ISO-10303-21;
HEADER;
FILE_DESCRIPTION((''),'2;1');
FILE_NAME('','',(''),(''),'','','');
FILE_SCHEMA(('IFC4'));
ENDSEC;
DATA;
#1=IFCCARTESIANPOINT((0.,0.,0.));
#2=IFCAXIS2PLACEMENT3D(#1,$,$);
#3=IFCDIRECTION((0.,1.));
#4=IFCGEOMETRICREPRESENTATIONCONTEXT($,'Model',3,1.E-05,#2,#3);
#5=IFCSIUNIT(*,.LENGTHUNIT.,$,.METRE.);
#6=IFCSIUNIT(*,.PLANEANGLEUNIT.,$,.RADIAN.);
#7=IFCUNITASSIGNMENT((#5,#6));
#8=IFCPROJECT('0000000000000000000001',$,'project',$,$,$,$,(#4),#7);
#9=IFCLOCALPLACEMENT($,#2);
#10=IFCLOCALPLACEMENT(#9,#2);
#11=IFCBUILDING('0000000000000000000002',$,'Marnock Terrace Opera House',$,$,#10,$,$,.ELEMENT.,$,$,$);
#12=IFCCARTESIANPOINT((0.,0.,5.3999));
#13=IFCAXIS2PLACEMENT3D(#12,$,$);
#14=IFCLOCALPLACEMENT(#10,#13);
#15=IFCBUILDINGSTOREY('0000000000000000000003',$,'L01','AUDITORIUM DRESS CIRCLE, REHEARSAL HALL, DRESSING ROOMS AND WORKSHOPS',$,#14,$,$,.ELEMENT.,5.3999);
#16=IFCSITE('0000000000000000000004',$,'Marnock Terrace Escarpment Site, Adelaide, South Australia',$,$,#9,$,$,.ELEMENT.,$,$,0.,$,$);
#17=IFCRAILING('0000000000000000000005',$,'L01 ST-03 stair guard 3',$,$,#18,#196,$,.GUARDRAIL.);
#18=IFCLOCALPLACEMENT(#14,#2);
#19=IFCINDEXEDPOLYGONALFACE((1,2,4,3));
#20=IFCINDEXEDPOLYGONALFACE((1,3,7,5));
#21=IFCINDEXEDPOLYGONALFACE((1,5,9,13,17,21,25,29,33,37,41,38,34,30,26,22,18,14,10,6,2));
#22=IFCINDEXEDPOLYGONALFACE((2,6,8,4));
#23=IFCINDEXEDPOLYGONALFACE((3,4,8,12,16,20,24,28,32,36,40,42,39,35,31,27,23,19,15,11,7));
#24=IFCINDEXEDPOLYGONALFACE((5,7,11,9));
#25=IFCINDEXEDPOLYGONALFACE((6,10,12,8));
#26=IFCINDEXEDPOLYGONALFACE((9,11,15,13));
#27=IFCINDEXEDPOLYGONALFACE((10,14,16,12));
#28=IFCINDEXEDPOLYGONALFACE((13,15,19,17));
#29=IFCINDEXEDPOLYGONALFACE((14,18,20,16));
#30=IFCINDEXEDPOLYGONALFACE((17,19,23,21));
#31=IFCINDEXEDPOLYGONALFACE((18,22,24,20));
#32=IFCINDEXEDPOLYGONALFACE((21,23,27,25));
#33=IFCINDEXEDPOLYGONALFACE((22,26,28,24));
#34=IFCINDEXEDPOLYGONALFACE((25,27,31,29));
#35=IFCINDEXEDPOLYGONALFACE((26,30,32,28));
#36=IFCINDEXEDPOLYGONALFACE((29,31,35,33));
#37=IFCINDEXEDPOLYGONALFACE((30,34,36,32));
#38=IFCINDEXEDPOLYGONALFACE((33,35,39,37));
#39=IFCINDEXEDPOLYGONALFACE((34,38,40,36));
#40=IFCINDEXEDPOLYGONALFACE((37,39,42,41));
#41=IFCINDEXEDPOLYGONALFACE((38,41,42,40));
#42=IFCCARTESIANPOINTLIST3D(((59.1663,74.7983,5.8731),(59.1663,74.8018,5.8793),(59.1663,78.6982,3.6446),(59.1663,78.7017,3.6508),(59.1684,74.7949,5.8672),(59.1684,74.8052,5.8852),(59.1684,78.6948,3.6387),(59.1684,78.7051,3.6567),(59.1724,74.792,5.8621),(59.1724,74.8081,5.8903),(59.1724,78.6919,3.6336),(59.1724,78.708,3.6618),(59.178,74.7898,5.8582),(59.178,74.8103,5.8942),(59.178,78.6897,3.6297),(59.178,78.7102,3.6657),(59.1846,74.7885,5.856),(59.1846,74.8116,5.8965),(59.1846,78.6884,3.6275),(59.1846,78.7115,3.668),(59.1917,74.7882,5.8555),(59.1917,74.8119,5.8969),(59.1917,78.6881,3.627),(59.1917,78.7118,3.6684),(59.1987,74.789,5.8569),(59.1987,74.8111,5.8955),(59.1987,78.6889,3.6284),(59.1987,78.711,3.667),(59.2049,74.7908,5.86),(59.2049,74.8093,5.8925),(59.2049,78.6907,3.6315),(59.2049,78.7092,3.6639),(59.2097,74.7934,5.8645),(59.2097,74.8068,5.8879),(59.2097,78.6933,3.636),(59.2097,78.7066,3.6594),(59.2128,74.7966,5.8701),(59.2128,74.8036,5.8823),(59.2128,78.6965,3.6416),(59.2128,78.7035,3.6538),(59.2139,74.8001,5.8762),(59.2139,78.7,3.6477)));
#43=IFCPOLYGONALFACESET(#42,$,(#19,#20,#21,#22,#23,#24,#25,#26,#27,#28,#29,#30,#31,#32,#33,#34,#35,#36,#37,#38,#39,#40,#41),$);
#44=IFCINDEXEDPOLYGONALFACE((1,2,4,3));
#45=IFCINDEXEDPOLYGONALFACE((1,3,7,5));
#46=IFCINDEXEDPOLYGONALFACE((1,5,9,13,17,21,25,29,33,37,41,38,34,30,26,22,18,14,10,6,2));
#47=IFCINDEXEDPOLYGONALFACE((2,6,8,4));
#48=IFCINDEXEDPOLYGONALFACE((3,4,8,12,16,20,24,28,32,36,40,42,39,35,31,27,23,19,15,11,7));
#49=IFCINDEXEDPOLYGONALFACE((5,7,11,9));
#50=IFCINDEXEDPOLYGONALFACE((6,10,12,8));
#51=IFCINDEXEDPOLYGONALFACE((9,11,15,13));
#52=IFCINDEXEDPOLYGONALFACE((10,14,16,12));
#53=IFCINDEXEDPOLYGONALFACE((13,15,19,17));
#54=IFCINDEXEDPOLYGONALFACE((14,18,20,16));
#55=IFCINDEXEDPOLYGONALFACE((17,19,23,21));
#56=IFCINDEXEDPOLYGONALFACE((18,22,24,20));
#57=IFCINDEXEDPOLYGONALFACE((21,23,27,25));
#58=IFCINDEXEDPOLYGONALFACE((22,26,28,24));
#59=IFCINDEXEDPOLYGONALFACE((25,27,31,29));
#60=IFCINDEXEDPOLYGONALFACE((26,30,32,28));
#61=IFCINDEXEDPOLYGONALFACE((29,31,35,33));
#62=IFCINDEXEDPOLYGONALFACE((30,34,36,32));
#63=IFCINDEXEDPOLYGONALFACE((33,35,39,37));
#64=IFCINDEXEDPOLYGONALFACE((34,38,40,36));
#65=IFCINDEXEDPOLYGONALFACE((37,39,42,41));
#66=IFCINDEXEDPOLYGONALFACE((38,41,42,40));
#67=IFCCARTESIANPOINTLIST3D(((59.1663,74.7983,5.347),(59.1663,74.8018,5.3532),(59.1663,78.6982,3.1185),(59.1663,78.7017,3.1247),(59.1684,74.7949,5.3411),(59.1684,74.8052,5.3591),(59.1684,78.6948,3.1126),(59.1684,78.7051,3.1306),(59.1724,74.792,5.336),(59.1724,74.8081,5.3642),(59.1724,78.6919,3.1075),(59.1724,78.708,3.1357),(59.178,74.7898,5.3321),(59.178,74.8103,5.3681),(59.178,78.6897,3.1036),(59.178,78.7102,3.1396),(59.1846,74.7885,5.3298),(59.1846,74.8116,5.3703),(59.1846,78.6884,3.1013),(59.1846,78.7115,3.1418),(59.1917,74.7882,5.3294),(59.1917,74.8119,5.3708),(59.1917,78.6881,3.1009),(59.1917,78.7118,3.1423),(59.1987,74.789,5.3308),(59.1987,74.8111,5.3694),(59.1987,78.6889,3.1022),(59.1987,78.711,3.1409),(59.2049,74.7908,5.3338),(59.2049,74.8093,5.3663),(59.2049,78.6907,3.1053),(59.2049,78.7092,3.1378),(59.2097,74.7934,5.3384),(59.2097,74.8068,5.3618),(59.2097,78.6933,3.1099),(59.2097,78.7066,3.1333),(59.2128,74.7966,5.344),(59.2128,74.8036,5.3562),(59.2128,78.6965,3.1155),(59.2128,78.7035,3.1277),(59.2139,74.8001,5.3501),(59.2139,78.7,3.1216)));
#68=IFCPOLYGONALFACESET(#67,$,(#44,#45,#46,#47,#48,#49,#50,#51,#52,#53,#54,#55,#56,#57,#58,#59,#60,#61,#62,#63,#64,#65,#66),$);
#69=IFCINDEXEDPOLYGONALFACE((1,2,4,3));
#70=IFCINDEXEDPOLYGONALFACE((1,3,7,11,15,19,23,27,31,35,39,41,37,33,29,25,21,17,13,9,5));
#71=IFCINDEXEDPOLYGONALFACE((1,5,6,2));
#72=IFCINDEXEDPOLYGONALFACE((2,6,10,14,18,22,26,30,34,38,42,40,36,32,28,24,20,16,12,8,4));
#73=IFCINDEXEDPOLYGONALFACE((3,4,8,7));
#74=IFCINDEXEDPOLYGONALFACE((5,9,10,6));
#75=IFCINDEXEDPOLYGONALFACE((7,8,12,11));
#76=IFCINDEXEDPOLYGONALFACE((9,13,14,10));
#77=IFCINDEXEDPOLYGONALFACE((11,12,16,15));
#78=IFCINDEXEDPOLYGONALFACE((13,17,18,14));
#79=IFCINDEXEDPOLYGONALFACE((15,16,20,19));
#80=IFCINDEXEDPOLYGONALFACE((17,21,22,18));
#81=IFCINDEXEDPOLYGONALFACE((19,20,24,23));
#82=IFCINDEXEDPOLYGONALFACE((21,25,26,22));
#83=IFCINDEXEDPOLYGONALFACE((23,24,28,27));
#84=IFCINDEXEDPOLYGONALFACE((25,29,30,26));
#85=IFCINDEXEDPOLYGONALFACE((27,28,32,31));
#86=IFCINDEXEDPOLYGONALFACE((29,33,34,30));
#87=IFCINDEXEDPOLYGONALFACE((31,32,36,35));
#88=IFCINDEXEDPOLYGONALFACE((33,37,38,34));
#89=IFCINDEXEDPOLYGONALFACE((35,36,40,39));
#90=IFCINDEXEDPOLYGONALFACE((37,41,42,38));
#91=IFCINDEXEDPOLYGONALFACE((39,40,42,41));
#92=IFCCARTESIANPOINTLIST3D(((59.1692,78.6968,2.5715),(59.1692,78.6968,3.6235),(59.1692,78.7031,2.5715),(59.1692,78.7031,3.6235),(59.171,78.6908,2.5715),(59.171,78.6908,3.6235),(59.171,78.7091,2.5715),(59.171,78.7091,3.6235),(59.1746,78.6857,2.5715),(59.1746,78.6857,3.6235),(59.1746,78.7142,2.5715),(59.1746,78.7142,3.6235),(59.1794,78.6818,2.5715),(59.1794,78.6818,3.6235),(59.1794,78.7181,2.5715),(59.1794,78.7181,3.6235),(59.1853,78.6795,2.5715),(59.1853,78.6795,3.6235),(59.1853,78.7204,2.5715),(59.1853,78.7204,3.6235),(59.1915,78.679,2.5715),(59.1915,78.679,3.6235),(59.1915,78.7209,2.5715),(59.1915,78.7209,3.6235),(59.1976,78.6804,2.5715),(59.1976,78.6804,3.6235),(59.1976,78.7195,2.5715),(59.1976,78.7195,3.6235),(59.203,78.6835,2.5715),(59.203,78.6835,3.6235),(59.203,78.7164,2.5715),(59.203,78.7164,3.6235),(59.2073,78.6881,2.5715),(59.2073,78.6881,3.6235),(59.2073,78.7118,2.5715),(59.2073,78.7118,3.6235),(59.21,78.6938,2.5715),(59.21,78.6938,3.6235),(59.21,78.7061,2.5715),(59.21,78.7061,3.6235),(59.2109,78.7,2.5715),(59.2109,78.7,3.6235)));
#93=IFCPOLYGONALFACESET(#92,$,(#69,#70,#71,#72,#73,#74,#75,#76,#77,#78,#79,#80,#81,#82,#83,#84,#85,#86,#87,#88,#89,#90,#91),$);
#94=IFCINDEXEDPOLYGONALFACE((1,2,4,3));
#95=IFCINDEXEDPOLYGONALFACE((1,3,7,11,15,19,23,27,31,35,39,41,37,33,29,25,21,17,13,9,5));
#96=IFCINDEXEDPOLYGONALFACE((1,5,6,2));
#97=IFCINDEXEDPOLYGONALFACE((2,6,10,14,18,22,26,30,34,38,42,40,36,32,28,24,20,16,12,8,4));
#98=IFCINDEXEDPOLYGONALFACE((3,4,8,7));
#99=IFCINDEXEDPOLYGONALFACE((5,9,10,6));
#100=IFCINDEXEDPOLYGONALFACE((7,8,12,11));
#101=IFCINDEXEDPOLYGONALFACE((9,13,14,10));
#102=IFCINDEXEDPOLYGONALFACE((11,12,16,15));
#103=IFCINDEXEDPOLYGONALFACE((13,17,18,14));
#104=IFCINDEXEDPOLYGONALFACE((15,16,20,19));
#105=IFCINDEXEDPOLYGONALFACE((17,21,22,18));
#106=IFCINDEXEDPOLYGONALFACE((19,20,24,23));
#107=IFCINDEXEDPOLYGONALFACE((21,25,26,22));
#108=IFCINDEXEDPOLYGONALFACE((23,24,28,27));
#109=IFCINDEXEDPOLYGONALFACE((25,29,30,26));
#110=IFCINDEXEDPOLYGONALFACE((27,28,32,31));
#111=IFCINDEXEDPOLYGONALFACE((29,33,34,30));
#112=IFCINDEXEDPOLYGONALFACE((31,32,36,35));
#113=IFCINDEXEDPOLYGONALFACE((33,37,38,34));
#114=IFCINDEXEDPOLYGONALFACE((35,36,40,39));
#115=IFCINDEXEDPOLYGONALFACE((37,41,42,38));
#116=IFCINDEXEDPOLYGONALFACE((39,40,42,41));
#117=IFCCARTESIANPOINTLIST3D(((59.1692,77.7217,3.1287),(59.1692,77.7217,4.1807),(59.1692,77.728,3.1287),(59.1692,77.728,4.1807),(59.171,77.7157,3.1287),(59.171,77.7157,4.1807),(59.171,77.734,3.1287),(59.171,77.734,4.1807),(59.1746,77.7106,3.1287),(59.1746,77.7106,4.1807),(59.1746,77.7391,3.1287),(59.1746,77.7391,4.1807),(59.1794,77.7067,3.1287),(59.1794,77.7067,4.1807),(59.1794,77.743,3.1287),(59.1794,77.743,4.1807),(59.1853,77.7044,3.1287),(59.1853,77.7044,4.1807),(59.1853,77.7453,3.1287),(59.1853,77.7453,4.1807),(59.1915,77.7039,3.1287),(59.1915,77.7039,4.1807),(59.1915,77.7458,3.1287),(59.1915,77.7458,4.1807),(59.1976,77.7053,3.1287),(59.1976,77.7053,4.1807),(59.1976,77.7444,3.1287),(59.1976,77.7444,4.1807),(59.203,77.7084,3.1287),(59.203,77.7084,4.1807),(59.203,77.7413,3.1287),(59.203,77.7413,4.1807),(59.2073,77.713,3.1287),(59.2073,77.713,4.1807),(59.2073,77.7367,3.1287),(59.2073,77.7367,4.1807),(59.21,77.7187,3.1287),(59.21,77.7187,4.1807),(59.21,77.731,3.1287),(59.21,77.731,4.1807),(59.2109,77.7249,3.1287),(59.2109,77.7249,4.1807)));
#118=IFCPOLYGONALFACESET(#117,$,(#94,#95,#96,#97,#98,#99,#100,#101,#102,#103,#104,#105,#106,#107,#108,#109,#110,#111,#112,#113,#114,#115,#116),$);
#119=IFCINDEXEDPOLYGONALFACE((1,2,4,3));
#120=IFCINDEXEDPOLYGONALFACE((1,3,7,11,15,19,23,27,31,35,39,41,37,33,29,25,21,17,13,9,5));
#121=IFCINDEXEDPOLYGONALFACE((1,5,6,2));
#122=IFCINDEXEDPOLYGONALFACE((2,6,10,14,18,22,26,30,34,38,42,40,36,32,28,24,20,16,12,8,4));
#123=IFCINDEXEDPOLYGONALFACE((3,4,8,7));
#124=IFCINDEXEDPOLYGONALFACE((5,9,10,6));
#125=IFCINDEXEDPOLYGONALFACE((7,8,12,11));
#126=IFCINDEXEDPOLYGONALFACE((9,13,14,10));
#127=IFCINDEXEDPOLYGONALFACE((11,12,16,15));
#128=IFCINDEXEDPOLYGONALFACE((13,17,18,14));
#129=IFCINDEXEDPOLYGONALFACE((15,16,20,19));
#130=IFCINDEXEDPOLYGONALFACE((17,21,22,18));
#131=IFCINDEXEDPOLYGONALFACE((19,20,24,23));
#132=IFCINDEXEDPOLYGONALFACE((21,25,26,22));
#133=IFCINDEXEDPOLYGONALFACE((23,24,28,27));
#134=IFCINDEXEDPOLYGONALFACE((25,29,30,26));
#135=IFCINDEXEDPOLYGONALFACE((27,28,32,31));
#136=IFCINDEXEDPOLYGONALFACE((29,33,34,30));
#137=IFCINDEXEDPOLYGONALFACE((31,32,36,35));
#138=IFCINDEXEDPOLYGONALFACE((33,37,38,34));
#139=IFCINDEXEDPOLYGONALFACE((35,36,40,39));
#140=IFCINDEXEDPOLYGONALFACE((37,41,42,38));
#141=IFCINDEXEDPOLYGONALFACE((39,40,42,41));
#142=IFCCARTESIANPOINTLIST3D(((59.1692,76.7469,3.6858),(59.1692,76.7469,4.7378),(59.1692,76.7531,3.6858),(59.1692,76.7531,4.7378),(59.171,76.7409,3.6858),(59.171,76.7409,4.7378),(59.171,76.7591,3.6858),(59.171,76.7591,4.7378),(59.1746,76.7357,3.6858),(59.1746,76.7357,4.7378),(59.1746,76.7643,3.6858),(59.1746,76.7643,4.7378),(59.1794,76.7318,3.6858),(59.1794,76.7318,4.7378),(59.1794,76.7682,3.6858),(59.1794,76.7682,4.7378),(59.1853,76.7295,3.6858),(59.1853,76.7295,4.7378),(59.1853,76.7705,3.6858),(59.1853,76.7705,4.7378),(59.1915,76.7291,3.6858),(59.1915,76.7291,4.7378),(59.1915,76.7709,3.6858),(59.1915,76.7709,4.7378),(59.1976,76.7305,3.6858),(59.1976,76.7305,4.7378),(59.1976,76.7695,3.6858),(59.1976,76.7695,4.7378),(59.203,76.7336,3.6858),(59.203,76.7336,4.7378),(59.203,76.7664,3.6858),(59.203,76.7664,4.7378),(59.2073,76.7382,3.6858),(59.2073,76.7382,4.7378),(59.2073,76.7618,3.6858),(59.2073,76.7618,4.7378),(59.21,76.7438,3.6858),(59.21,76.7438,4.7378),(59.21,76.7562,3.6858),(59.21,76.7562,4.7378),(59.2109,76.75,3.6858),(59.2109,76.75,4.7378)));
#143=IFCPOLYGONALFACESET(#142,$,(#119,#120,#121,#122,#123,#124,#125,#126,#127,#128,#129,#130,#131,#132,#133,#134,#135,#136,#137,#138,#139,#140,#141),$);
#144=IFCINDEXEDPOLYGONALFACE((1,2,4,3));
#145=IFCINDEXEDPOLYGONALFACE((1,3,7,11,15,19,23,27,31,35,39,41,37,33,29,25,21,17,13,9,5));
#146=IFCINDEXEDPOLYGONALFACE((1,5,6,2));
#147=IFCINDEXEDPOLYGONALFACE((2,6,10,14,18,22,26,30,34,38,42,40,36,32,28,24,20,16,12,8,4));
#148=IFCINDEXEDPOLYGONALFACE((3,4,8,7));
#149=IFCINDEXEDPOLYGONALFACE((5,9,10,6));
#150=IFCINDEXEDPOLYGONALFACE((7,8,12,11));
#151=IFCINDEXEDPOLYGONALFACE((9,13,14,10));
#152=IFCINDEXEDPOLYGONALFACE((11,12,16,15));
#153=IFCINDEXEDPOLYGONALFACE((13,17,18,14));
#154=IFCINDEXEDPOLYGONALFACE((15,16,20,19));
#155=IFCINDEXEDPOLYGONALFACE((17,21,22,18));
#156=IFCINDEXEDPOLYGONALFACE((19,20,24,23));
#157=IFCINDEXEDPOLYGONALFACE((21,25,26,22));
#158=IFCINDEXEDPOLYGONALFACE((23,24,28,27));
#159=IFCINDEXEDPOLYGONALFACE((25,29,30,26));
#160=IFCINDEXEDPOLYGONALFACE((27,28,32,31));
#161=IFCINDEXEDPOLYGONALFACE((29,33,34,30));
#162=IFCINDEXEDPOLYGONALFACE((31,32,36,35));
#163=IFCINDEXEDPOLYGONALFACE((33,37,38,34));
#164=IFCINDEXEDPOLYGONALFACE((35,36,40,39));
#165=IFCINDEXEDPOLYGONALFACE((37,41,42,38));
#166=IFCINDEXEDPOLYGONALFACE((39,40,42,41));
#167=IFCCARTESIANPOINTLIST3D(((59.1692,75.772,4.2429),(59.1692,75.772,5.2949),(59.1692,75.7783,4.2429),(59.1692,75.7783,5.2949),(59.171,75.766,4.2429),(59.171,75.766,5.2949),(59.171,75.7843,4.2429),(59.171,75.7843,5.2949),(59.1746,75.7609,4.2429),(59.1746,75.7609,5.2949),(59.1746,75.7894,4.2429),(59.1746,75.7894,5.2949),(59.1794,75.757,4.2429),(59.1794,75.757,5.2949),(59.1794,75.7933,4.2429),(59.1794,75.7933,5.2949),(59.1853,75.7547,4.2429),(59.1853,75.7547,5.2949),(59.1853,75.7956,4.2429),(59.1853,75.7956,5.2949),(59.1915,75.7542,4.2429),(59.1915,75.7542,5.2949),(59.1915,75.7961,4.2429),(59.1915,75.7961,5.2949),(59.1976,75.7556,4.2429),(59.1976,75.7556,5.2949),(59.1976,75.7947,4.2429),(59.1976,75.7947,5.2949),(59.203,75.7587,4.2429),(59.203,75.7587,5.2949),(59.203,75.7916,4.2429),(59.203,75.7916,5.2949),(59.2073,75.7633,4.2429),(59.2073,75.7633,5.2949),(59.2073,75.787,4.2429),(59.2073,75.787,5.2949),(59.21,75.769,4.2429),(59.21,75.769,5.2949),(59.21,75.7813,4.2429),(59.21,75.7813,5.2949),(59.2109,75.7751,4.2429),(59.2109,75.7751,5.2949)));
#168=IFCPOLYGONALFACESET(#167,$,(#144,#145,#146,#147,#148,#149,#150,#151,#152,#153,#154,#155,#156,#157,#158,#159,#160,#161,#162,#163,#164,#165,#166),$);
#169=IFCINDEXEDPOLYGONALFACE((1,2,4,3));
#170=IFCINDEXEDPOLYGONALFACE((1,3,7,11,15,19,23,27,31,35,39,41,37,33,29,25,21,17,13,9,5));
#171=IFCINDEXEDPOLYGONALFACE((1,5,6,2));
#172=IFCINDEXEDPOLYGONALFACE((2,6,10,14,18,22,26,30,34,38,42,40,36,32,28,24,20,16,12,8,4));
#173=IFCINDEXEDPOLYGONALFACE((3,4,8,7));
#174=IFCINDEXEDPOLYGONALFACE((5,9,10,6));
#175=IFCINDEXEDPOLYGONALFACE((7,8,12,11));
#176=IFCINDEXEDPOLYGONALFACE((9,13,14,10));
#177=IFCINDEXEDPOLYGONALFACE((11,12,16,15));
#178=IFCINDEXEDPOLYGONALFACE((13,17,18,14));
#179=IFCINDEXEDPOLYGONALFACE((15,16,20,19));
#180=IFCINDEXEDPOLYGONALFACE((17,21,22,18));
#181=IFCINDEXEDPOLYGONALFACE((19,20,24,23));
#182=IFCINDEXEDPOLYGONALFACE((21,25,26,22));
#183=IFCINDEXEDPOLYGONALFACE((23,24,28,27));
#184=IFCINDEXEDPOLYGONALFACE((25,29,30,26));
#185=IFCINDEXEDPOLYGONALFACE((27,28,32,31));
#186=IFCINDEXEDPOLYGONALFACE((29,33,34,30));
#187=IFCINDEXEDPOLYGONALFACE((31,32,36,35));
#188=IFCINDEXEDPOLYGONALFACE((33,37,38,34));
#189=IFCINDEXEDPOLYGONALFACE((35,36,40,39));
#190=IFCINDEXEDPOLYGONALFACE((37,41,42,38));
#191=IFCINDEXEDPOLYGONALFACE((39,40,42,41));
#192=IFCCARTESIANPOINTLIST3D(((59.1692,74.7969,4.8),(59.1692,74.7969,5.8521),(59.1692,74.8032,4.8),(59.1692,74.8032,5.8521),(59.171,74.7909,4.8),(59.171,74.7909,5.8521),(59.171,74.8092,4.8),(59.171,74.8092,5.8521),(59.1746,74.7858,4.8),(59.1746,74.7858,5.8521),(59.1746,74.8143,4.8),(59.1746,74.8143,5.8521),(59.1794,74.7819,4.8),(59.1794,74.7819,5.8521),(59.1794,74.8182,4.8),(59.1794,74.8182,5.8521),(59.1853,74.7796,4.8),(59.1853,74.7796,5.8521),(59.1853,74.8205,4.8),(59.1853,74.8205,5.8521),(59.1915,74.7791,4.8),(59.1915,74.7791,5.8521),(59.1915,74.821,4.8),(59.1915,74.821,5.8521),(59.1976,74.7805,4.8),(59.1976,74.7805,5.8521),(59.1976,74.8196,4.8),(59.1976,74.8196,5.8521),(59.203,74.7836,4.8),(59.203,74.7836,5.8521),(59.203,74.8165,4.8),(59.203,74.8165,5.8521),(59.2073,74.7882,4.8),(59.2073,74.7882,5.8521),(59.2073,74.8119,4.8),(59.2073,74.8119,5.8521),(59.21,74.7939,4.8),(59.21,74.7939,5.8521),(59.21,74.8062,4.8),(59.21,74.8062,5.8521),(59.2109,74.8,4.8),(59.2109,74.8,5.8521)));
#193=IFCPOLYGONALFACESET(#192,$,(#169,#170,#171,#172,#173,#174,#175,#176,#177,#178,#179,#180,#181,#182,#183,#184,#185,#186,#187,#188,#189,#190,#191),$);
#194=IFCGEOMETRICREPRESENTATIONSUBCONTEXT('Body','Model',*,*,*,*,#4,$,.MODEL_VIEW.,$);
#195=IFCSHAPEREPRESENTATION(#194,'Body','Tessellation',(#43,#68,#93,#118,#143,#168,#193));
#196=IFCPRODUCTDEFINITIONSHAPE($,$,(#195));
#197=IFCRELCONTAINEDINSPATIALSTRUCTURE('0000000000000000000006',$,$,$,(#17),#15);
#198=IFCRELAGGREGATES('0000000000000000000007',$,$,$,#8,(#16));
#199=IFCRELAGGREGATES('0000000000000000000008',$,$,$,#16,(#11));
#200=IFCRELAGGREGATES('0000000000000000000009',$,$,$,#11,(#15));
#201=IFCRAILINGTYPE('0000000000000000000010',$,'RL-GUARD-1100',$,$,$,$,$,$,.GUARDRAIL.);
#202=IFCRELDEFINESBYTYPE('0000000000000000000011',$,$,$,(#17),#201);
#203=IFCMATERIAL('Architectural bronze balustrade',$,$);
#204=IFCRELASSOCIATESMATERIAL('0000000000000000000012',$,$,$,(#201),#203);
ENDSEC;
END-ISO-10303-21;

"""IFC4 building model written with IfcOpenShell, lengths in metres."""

from ifc_helpers import new_model, si_unit, direction, frame, origin, origin_2d, place, context, subcontext, project, spatial, circle, extrude, material, type_object, element, save


model = new_model("IFC4")

# Units and contexts
model_context = context("Model", 3, precision=1e-05, world=origin(), true_north=direction((0.0, 1.0)))
body_context = subcontext(model_context, "Body", "Model", "MODEL_VIEW")
ifc_project = project(units=[si_unit("LENGTHUNIT", "METRE"), si_unit("PLANEANGLEUNIT", "RADIAN")], contexts=[model_context])

# Site, building, storey
site_placement = place(None, origin())
site = spatial("IfcSite", under=ifc_project, at=site_placement, Name="Marnock Terrace Escarpment Site, Adelaide, South Australia", CompositionType="ELEMENT", RefElevation=0.0)
building_placement = place(site_placement, origin())
building = spatial("IfcBuilding", under=site, at=building_placement, Name="Marnock Terrace Opera House", CompositionType="ELEMENT")
storey_placement = place(building_placement, frame((0.0, 0.0, 5.3999)))
storey = spatial("IfcBuildingStorey", under=building, at=storey_placement, Name="L01", Description="AUDITORIUM DRESS CIRCLE, REHEARSAL HALL, DRESSING ROOMS AND WORKSHOPS", CompositionType="ELEMENT", Elevation=5.3999)

# Railing
ifc_material_1 = material(Name="Architectural bronze balustrade")
railing_type_1 = type_object("IfcRailingType", Name="RL-GUARD-1100", PredefinedType="GUARDRAIL", material=ifc_material_1)
railing_1_placement = place(storey_placement, frame((59.1899, 78.7, 2.5715)))
element("IfcRailing", 1, at=railing_1_placement, inside=storey, type_object=railing_type_1, Name="L01 ST-03 stair guard 3", PredefinedType="GUARDRAIL", context=body_context, shape_type="SweptSolid", body=[
    extrude(circle(Radius=0.0239, at=origin_2d()), frame((0.0, 0.0, 1.0762), z_axis=(0.0, -0.868243, 0.496139), x_axis=(1.0, 0.0, 0.0)), (0.0, 0.0, 1.0), 4.4917),
    extrude(circle(Radius=0.0239, at=origin_2d()), frame((0.0, 0.0, 0.55), z_axis=(0.0, -0.868243, 0.496139), x_axis=(1.0, 0.0, 0.0)), (0.0, 0.0, 1.0), 4.4917),
    extrude(circle(Radius=0.021, at=origin_2d()), origin(), (0.0, 0.0, 1.0), 1.052),
    extrude(circle(Radius=0.021, at=origin_2d()), frame((0.0, -0.9751, 0.5571)), (0.0, 0.0, 1.0), 1.052),
    extrude(circle(Radius=0.021, at=origin_2d()), frame((0.0, -1.95, 1.1143)), (0.0, 0.0, 1.0), 1.052),
    extrude(circle(Radius=0.021, at=origin_2d()), frame((0.0, -2.9248, 1.6714)), (0.0, 0.0, 1.0), 1.052),
    extrude(circle(Radius=0.021, at=origin_2d()), frame((0.0, -3.8999, 2.2285)), (0.0, 0.0, 1.0), 1.052),
])

save(model, "model.ifc")
